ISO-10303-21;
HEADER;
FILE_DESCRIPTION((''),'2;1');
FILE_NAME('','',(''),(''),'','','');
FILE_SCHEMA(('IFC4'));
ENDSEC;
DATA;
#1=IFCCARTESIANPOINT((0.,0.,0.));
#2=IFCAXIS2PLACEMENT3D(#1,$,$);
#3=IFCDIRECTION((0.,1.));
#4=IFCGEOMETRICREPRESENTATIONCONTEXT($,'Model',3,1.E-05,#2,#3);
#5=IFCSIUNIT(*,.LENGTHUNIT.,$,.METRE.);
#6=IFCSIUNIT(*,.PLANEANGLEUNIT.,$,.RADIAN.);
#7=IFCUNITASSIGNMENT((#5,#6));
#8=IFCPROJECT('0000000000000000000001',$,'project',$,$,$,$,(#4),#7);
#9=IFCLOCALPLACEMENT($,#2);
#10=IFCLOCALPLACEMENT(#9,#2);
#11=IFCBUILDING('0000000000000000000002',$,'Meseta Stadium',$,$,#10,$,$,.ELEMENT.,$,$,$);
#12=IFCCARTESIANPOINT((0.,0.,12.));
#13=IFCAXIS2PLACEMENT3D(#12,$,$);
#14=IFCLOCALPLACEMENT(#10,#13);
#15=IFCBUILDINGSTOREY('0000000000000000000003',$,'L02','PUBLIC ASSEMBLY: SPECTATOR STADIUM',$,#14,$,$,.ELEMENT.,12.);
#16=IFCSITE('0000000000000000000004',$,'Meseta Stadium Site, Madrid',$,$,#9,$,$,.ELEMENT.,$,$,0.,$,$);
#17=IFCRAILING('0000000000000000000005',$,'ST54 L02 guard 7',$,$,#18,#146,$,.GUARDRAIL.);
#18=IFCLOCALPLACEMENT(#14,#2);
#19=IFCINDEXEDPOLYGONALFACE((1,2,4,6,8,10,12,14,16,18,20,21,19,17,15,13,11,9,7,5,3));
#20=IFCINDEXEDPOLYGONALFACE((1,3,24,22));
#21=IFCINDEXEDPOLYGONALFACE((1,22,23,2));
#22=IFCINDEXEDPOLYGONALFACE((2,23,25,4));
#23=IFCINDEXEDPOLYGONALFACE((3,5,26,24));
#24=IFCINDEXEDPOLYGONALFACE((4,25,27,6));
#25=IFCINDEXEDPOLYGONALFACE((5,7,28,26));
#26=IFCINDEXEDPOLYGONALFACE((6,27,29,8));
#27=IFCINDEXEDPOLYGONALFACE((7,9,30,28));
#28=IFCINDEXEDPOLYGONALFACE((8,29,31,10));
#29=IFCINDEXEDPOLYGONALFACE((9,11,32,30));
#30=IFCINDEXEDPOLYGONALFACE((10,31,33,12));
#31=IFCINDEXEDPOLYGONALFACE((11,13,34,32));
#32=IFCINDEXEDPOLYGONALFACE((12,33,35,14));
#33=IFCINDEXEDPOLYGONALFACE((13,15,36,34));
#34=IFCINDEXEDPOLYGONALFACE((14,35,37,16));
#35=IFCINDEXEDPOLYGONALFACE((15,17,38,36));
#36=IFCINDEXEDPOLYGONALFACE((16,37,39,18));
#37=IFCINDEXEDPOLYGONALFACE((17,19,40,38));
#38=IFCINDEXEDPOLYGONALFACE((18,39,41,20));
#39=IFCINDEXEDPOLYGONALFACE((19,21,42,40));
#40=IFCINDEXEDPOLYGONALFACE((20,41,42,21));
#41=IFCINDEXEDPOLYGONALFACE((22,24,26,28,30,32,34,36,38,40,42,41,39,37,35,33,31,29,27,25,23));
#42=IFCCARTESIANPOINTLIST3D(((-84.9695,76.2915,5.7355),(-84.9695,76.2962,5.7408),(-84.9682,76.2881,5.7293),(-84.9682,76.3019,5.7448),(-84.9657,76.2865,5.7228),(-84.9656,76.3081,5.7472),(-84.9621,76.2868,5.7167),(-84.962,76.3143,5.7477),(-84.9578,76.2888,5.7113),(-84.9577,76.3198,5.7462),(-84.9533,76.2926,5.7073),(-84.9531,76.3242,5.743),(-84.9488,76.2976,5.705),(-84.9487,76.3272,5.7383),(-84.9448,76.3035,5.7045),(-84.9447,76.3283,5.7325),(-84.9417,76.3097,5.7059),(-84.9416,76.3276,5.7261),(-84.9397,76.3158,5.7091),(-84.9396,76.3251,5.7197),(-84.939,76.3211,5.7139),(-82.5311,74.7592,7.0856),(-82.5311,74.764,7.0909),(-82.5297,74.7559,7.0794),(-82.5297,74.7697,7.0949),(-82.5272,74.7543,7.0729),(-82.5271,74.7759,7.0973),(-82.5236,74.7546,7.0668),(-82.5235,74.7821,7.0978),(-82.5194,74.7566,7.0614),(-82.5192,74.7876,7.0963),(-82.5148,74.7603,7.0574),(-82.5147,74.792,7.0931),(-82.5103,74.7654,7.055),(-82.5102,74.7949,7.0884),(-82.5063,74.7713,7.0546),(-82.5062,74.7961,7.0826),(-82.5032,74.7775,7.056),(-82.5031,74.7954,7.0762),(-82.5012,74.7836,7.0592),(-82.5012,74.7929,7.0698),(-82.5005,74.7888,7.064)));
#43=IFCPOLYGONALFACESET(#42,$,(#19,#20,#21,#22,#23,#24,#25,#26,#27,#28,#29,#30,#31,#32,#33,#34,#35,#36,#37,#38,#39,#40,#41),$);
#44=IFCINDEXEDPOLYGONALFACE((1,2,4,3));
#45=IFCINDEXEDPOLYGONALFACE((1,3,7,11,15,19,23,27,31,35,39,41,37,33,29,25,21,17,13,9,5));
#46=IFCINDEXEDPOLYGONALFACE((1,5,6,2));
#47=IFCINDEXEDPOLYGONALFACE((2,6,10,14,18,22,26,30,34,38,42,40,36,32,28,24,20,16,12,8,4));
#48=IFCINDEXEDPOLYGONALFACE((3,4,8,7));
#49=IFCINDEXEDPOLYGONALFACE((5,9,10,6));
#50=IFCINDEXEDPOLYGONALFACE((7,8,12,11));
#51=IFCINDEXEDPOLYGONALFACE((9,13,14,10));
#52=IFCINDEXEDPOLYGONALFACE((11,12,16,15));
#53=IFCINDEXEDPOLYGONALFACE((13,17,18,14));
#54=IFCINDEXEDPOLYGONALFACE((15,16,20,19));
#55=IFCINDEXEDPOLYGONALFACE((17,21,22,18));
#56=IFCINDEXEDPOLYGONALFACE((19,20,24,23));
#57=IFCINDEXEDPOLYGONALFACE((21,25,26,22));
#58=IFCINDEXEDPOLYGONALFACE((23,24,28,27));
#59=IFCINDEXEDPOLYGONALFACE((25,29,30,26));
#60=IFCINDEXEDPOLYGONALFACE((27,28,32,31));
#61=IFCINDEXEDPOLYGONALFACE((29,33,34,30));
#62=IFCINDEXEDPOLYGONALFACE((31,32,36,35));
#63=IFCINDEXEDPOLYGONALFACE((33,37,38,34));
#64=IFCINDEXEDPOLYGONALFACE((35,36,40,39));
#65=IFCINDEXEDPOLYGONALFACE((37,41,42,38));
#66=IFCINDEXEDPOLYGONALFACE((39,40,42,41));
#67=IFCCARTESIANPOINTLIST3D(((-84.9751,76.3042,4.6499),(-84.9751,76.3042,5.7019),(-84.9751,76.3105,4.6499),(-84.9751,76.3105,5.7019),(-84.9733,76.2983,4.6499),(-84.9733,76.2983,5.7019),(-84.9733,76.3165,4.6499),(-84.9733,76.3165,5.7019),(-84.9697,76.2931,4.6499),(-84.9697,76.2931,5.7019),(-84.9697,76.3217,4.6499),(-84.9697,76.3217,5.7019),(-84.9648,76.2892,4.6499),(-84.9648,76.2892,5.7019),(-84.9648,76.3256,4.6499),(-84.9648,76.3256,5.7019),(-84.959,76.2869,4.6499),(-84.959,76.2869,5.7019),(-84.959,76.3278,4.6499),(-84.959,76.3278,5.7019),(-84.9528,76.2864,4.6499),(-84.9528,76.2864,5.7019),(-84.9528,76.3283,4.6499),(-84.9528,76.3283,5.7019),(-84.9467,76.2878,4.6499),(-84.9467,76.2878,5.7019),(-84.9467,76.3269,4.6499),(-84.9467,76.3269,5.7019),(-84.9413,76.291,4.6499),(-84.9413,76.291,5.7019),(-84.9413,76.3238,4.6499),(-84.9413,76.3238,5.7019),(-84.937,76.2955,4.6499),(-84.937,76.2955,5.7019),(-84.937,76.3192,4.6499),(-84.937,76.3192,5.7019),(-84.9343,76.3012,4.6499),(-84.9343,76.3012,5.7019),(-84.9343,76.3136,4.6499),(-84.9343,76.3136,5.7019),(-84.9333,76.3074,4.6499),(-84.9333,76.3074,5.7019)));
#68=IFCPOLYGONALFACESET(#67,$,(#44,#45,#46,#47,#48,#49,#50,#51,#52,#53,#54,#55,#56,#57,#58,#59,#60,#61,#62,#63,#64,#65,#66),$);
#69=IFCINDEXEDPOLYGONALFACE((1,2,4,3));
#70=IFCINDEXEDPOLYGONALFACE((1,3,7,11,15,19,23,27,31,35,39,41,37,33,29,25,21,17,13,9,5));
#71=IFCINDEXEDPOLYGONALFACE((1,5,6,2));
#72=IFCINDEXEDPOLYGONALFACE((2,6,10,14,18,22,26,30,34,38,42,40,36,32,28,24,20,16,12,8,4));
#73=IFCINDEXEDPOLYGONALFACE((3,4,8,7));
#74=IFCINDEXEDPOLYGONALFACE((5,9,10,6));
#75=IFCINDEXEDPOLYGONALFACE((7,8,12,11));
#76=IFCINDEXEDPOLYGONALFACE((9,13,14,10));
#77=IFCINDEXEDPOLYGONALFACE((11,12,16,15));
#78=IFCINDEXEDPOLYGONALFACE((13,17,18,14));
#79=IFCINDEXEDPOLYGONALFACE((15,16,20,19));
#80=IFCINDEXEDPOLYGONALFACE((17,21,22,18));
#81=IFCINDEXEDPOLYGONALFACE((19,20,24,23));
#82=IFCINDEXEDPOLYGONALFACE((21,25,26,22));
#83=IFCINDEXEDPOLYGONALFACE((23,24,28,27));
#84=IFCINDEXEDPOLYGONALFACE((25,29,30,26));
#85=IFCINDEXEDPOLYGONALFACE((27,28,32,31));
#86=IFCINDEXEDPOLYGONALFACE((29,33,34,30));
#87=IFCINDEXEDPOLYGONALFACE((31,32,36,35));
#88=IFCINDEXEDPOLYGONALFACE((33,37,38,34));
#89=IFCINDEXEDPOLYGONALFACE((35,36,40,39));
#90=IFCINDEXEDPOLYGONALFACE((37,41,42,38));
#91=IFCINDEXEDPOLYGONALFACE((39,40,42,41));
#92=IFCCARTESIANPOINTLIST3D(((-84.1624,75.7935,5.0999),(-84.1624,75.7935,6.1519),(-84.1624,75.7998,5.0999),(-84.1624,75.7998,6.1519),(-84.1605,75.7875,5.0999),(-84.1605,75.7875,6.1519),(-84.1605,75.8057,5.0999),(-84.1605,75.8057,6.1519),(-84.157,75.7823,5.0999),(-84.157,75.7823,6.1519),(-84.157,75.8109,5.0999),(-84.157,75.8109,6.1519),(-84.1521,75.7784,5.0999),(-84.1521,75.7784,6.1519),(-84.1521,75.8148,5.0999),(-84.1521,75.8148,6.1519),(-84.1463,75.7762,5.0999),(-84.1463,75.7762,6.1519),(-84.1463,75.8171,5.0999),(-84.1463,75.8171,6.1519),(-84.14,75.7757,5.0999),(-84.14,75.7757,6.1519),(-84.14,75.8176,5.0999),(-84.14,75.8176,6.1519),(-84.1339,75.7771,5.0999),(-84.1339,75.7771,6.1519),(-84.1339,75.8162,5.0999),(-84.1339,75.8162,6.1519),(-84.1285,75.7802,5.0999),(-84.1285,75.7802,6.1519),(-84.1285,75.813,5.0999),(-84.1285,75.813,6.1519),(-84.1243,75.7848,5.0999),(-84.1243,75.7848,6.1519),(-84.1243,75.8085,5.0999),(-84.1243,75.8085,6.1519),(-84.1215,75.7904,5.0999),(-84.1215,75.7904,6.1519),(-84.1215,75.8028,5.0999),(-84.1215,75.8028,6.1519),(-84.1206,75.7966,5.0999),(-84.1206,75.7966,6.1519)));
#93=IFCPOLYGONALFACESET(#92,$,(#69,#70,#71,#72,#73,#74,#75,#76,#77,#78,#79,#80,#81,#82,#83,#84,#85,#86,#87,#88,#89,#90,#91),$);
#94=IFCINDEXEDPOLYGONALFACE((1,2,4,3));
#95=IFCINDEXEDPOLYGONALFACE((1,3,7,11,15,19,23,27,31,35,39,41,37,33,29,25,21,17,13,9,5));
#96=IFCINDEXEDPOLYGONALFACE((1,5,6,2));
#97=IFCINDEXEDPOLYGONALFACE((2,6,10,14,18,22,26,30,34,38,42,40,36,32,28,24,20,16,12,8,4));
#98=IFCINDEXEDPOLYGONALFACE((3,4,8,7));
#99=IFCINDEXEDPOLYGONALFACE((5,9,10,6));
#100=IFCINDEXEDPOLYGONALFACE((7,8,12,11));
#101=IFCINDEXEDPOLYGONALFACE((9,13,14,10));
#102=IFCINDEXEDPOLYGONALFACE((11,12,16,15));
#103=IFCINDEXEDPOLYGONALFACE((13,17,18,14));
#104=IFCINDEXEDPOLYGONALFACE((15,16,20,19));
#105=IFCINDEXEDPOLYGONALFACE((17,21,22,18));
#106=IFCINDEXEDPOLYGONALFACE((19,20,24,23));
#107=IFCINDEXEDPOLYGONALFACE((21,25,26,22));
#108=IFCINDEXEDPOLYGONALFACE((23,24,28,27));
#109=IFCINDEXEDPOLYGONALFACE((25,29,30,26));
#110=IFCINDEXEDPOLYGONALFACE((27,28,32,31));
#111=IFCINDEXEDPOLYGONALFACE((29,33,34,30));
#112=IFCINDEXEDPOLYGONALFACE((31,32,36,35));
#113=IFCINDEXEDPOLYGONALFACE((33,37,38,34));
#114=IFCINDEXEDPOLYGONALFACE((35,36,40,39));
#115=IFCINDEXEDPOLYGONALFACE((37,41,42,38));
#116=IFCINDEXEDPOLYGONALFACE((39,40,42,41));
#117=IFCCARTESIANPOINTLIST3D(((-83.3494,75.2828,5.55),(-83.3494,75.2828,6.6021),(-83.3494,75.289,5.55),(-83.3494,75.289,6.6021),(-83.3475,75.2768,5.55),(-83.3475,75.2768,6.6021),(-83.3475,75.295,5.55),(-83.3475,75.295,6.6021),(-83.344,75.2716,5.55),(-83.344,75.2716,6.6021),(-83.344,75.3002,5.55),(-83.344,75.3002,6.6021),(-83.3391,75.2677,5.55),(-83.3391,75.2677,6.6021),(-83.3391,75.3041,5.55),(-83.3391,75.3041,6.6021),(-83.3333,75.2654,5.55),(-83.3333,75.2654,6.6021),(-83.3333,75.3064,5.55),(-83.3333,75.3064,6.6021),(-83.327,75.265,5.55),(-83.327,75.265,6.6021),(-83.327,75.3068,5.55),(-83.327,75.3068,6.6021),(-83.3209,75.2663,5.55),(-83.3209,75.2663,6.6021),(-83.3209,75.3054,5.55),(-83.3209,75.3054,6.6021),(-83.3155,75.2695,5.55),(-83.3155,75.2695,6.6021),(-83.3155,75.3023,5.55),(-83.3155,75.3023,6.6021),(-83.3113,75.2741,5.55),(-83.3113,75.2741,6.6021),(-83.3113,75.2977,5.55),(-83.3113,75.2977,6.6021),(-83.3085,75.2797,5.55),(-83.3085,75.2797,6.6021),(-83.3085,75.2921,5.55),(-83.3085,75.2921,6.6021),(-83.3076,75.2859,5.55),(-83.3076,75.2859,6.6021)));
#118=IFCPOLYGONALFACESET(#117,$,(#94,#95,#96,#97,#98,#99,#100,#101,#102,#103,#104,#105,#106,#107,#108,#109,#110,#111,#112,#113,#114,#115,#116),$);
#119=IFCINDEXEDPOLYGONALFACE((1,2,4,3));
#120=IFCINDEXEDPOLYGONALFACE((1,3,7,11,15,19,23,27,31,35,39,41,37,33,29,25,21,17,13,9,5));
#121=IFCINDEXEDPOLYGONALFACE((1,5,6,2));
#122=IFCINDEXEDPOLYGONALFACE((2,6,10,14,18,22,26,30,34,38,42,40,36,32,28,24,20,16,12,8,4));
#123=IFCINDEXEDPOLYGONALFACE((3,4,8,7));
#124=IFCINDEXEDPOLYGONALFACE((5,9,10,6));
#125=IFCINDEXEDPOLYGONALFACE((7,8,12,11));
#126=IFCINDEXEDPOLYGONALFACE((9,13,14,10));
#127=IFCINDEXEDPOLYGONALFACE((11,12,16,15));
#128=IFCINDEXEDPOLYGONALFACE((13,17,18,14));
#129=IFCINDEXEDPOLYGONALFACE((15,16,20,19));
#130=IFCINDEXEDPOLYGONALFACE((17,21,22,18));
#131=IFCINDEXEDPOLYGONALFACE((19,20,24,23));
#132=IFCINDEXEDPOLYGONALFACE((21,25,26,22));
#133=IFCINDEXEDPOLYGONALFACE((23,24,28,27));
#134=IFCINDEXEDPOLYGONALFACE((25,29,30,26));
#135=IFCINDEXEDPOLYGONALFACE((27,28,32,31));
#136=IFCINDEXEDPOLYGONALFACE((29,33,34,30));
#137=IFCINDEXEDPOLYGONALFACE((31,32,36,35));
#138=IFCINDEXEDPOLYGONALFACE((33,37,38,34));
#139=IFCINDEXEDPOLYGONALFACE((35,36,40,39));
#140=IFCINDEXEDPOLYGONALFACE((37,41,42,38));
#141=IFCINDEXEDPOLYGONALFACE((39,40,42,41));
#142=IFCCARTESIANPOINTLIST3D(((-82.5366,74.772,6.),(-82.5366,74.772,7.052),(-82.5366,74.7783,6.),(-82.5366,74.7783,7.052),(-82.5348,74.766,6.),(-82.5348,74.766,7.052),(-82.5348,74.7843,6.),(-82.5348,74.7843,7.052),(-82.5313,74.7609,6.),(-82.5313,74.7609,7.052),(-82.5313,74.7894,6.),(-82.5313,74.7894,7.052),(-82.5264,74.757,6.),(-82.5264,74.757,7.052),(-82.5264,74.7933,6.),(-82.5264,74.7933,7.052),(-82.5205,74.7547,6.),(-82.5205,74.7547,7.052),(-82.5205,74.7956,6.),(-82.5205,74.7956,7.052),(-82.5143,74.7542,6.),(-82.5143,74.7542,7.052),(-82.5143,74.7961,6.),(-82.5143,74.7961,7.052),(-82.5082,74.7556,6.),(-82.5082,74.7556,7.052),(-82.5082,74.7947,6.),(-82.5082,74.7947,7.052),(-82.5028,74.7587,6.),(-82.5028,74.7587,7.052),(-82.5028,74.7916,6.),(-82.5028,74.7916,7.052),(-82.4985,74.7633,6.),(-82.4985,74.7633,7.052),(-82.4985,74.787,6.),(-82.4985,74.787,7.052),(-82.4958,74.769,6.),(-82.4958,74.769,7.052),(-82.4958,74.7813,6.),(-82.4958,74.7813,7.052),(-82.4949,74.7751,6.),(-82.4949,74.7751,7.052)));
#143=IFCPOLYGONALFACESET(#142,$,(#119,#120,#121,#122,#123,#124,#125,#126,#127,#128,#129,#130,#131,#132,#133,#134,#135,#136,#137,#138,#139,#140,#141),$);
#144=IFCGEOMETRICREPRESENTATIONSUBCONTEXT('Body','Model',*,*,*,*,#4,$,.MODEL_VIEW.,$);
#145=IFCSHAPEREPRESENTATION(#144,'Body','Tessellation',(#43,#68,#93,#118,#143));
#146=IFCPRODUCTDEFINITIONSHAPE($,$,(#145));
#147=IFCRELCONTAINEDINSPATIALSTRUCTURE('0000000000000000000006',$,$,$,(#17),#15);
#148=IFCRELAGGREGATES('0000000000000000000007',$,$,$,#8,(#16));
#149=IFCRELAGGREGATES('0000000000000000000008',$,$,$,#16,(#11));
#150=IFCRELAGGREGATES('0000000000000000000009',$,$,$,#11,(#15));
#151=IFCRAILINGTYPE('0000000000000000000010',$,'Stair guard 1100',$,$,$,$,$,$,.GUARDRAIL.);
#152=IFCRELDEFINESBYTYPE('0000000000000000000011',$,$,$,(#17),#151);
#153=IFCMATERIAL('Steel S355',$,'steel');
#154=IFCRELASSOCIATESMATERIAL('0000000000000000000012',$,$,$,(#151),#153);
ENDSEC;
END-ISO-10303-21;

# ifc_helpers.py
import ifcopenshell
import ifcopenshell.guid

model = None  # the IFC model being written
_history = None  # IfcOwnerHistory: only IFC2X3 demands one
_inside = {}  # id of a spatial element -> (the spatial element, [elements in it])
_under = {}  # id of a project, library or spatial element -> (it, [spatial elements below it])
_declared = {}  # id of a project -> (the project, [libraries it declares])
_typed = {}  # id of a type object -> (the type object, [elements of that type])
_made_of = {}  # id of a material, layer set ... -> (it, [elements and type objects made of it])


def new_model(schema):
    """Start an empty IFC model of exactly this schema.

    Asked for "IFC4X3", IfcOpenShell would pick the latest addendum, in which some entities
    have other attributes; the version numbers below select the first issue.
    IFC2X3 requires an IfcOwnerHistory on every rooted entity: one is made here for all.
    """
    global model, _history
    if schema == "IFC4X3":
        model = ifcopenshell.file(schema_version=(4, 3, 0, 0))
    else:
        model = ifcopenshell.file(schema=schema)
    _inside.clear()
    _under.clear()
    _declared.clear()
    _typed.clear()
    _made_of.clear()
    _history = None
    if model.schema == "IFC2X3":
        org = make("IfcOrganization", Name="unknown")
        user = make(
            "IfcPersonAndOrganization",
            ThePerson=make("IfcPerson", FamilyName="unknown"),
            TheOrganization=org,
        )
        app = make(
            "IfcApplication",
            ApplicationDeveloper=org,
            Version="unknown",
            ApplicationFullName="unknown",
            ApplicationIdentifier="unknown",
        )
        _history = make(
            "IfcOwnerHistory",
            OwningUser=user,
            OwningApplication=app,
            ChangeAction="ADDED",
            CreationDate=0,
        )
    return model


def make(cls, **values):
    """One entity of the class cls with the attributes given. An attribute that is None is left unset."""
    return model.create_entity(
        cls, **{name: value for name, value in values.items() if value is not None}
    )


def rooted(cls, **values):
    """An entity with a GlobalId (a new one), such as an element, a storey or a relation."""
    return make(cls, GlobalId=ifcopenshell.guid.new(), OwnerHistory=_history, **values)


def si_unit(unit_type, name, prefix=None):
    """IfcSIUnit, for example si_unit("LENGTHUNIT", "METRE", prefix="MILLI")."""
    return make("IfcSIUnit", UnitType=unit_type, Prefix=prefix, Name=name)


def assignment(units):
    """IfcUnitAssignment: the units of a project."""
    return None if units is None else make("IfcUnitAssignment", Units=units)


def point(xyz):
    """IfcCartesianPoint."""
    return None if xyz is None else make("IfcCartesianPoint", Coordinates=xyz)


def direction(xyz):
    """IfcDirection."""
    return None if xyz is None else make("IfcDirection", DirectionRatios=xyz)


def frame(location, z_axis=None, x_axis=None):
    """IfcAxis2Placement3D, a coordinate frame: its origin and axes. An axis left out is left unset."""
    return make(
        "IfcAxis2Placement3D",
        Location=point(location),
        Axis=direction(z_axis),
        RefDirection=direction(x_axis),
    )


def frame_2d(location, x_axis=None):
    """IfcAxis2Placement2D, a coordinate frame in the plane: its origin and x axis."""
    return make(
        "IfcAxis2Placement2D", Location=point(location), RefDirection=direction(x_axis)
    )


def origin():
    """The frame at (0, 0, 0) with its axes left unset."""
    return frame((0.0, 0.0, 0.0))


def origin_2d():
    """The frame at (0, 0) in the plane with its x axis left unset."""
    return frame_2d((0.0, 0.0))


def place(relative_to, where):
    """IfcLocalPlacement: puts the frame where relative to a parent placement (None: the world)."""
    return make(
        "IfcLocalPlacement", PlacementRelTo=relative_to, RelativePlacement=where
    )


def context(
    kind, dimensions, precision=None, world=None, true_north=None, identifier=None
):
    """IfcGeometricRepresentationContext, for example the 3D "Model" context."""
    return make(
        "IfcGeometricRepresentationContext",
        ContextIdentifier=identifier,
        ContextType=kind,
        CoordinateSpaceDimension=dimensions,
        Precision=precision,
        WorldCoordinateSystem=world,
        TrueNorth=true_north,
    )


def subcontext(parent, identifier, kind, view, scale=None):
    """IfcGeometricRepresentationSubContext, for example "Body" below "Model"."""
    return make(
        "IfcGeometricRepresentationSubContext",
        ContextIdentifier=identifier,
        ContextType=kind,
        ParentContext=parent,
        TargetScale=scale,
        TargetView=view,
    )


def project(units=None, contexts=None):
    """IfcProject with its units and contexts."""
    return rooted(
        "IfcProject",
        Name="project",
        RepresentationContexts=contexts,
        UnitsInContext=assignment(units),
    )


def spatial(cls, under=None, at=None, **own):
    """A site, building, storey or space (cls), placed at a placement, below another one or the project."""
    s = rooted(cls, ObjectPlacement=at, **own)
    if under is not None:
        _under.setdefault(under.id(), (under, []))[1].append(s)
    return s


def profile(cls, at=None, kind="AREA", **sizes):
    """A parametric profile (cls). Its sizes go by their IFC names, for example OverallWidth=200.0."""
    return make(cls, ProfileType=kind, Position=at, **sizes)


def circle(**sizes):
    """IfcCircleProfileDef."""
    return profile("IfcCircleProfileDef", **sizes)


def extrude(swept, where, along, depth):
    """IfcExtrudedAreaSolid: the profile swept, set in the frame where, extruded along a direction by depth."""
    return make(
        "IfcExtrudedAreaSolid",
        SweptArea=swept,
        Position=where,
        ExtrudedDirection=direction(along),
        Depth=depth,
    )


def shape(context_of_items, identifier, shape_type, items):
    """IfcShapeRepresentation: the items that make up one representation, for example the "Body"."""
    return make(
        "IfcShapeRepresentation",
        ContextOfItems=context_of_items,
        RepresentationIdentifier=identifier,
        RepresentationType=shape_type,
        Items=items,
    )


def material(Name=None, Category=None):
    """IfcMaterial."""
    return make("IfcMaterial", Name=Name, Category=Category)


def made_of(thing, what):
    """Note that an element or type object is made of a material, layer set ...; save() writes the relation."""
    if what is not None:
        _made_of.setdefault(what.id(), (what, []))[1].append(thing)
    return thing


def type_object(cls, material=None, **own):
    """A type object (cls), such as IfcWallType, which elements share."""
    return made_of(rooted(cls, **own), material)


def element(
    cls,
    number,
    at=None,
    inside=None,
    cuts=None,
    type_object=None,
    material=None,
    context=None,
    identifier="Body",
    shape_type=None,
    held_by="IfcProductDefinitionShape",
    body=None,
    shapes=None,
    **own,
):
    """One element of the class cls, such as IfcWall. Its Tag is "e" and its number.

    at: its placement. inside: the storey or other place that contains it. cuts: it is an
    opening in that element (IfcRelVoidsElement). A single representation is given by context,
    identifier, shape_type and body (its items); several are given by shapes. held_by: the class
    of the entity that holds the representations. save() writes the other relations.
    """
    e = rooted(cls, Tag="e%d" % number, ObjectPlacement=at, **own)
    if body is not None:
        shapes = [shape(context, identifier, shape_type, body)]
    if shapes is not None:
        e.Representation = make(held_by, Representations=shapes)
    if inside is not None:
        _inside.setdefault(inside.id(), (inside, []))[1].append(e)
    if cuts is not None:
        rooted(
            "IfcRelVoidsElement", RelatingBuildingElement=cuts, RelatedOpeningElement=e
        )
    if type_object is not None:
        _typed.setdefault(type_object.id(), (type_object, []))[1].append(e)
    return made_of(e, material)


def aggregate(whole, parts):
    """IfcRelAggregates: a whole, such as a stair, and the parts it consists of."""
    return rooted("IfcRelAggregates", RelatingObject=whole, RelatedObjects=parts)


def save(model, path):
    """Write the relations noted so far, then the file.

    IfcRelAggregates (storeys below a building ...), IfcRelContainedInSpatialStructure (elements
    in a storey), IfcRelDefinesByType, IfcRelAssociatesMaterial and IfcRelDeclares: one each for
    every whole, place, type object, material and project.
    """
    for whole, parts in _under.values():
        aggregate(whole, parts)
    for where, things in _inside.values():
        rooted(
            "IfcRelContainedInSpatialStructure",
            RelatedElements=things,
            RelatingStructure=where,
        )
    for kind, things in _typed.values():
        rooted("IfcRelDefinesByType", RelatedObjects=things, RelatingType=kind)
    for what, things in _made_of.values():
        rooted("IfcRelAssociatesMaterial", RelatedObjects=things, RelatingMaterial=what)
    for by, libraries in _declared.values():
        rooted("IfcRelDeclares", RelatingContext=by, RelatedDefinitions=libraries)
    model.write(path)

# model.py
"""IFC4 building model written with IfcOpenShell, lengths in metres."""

from ifc_helpers import new_model, si_unit, direction, frame, origin, origin_2d, place, context, subcontext, project, spatial, circle, extrude, material, type_object, element, save


model = new_model("IFC4")

# Units and contexts
model_context = context("Model", 3, precision=1e-05, world=origin(), true_north=direction((0.0, 1.0)))
body_context = subcontext(model_context, "Body", "Model", "MODEL_VIEW")
ifc_project = project(units=[si_unit("LENGTHUNIT", "METRE"), si_unit("PLANEANGLEUNIT", "RADIAN")], contexts=[model_context])

# Site, building, storey
site_placement = place(None, origin())
site = spatial("IfcSite", under=ifc_project, at=site_placement, Name="Meseta Stadium Site, Madrid", CompositionType="ELEMENT", RefElevation=0.0)
building_placement = place(site_placement, origin())
building = spatial("IfcBuilding", under=site, at=building_placement, Name="Meseta Stadium", CompositionType="ELEMENT")
storey_placement = place(building_placement, frame((0.0, 0.0, 12.0)))
storey = spatial("IfcBuildingStorey", under=building, at=storey_placement, Name="L02", Description="PUBLIC ASSEMBLY: SPECTATOR STADIUM", CompositionType="ELEMENT", Elevation=12.0)

# Railing
ifc_material_1 = material(Name="Steel S355", Category="steel")
railing_type_1 = type_object("IfcRailingType", Name="Stair guard 1100", PredefinedType="GUARDRAIL", material=ifc_material_1)
railing_1_placement = place(storey_placement, frame((-84.9543, 76.3074, 4.6499)))
element("IfcRailing", 1, at=railing_1_placement, inside=storey, type_object=railing_type_1, Name="ST54 L02 guard 7", PredefinedType="GUARDRAIL", context=body_context, shape_type="SweptSolid", body=[
    extrude(circle(Radius=0.0239, at=origin_2d()), frame((0.0, 0.0, 1.0762), z_axis=(0.766655, -0.481731, 0.42447), x_axis=(0.53204, 0.846719, 0.0)), (0.0, 0.0, 1.0), 3.1807),
    extrude(circle(Radius=0.021, at=origin_2d()), origin(), (0.0, 0.0, 1.0), 1.052),
    extrude(circle(Radius=0.021, at=origin_2d()), frame((0.8127, -0.5107, 0.45)), (0.0, 0.0, 1.0), 1.052),
    extrude(circle(Radius=0.021, at=origin_2d()), frame((1.6257, -1.0215, 0.9001)), (0.0, 0.0, 1.0), 1.052),
    extrude(circle(Radius=0.021, at=origin_2d()), frame((2.4385, -1.5322, 1.3501)), (0.0, 0.0, 1.0), 1.052),
])

save(model, "model.ifc")
